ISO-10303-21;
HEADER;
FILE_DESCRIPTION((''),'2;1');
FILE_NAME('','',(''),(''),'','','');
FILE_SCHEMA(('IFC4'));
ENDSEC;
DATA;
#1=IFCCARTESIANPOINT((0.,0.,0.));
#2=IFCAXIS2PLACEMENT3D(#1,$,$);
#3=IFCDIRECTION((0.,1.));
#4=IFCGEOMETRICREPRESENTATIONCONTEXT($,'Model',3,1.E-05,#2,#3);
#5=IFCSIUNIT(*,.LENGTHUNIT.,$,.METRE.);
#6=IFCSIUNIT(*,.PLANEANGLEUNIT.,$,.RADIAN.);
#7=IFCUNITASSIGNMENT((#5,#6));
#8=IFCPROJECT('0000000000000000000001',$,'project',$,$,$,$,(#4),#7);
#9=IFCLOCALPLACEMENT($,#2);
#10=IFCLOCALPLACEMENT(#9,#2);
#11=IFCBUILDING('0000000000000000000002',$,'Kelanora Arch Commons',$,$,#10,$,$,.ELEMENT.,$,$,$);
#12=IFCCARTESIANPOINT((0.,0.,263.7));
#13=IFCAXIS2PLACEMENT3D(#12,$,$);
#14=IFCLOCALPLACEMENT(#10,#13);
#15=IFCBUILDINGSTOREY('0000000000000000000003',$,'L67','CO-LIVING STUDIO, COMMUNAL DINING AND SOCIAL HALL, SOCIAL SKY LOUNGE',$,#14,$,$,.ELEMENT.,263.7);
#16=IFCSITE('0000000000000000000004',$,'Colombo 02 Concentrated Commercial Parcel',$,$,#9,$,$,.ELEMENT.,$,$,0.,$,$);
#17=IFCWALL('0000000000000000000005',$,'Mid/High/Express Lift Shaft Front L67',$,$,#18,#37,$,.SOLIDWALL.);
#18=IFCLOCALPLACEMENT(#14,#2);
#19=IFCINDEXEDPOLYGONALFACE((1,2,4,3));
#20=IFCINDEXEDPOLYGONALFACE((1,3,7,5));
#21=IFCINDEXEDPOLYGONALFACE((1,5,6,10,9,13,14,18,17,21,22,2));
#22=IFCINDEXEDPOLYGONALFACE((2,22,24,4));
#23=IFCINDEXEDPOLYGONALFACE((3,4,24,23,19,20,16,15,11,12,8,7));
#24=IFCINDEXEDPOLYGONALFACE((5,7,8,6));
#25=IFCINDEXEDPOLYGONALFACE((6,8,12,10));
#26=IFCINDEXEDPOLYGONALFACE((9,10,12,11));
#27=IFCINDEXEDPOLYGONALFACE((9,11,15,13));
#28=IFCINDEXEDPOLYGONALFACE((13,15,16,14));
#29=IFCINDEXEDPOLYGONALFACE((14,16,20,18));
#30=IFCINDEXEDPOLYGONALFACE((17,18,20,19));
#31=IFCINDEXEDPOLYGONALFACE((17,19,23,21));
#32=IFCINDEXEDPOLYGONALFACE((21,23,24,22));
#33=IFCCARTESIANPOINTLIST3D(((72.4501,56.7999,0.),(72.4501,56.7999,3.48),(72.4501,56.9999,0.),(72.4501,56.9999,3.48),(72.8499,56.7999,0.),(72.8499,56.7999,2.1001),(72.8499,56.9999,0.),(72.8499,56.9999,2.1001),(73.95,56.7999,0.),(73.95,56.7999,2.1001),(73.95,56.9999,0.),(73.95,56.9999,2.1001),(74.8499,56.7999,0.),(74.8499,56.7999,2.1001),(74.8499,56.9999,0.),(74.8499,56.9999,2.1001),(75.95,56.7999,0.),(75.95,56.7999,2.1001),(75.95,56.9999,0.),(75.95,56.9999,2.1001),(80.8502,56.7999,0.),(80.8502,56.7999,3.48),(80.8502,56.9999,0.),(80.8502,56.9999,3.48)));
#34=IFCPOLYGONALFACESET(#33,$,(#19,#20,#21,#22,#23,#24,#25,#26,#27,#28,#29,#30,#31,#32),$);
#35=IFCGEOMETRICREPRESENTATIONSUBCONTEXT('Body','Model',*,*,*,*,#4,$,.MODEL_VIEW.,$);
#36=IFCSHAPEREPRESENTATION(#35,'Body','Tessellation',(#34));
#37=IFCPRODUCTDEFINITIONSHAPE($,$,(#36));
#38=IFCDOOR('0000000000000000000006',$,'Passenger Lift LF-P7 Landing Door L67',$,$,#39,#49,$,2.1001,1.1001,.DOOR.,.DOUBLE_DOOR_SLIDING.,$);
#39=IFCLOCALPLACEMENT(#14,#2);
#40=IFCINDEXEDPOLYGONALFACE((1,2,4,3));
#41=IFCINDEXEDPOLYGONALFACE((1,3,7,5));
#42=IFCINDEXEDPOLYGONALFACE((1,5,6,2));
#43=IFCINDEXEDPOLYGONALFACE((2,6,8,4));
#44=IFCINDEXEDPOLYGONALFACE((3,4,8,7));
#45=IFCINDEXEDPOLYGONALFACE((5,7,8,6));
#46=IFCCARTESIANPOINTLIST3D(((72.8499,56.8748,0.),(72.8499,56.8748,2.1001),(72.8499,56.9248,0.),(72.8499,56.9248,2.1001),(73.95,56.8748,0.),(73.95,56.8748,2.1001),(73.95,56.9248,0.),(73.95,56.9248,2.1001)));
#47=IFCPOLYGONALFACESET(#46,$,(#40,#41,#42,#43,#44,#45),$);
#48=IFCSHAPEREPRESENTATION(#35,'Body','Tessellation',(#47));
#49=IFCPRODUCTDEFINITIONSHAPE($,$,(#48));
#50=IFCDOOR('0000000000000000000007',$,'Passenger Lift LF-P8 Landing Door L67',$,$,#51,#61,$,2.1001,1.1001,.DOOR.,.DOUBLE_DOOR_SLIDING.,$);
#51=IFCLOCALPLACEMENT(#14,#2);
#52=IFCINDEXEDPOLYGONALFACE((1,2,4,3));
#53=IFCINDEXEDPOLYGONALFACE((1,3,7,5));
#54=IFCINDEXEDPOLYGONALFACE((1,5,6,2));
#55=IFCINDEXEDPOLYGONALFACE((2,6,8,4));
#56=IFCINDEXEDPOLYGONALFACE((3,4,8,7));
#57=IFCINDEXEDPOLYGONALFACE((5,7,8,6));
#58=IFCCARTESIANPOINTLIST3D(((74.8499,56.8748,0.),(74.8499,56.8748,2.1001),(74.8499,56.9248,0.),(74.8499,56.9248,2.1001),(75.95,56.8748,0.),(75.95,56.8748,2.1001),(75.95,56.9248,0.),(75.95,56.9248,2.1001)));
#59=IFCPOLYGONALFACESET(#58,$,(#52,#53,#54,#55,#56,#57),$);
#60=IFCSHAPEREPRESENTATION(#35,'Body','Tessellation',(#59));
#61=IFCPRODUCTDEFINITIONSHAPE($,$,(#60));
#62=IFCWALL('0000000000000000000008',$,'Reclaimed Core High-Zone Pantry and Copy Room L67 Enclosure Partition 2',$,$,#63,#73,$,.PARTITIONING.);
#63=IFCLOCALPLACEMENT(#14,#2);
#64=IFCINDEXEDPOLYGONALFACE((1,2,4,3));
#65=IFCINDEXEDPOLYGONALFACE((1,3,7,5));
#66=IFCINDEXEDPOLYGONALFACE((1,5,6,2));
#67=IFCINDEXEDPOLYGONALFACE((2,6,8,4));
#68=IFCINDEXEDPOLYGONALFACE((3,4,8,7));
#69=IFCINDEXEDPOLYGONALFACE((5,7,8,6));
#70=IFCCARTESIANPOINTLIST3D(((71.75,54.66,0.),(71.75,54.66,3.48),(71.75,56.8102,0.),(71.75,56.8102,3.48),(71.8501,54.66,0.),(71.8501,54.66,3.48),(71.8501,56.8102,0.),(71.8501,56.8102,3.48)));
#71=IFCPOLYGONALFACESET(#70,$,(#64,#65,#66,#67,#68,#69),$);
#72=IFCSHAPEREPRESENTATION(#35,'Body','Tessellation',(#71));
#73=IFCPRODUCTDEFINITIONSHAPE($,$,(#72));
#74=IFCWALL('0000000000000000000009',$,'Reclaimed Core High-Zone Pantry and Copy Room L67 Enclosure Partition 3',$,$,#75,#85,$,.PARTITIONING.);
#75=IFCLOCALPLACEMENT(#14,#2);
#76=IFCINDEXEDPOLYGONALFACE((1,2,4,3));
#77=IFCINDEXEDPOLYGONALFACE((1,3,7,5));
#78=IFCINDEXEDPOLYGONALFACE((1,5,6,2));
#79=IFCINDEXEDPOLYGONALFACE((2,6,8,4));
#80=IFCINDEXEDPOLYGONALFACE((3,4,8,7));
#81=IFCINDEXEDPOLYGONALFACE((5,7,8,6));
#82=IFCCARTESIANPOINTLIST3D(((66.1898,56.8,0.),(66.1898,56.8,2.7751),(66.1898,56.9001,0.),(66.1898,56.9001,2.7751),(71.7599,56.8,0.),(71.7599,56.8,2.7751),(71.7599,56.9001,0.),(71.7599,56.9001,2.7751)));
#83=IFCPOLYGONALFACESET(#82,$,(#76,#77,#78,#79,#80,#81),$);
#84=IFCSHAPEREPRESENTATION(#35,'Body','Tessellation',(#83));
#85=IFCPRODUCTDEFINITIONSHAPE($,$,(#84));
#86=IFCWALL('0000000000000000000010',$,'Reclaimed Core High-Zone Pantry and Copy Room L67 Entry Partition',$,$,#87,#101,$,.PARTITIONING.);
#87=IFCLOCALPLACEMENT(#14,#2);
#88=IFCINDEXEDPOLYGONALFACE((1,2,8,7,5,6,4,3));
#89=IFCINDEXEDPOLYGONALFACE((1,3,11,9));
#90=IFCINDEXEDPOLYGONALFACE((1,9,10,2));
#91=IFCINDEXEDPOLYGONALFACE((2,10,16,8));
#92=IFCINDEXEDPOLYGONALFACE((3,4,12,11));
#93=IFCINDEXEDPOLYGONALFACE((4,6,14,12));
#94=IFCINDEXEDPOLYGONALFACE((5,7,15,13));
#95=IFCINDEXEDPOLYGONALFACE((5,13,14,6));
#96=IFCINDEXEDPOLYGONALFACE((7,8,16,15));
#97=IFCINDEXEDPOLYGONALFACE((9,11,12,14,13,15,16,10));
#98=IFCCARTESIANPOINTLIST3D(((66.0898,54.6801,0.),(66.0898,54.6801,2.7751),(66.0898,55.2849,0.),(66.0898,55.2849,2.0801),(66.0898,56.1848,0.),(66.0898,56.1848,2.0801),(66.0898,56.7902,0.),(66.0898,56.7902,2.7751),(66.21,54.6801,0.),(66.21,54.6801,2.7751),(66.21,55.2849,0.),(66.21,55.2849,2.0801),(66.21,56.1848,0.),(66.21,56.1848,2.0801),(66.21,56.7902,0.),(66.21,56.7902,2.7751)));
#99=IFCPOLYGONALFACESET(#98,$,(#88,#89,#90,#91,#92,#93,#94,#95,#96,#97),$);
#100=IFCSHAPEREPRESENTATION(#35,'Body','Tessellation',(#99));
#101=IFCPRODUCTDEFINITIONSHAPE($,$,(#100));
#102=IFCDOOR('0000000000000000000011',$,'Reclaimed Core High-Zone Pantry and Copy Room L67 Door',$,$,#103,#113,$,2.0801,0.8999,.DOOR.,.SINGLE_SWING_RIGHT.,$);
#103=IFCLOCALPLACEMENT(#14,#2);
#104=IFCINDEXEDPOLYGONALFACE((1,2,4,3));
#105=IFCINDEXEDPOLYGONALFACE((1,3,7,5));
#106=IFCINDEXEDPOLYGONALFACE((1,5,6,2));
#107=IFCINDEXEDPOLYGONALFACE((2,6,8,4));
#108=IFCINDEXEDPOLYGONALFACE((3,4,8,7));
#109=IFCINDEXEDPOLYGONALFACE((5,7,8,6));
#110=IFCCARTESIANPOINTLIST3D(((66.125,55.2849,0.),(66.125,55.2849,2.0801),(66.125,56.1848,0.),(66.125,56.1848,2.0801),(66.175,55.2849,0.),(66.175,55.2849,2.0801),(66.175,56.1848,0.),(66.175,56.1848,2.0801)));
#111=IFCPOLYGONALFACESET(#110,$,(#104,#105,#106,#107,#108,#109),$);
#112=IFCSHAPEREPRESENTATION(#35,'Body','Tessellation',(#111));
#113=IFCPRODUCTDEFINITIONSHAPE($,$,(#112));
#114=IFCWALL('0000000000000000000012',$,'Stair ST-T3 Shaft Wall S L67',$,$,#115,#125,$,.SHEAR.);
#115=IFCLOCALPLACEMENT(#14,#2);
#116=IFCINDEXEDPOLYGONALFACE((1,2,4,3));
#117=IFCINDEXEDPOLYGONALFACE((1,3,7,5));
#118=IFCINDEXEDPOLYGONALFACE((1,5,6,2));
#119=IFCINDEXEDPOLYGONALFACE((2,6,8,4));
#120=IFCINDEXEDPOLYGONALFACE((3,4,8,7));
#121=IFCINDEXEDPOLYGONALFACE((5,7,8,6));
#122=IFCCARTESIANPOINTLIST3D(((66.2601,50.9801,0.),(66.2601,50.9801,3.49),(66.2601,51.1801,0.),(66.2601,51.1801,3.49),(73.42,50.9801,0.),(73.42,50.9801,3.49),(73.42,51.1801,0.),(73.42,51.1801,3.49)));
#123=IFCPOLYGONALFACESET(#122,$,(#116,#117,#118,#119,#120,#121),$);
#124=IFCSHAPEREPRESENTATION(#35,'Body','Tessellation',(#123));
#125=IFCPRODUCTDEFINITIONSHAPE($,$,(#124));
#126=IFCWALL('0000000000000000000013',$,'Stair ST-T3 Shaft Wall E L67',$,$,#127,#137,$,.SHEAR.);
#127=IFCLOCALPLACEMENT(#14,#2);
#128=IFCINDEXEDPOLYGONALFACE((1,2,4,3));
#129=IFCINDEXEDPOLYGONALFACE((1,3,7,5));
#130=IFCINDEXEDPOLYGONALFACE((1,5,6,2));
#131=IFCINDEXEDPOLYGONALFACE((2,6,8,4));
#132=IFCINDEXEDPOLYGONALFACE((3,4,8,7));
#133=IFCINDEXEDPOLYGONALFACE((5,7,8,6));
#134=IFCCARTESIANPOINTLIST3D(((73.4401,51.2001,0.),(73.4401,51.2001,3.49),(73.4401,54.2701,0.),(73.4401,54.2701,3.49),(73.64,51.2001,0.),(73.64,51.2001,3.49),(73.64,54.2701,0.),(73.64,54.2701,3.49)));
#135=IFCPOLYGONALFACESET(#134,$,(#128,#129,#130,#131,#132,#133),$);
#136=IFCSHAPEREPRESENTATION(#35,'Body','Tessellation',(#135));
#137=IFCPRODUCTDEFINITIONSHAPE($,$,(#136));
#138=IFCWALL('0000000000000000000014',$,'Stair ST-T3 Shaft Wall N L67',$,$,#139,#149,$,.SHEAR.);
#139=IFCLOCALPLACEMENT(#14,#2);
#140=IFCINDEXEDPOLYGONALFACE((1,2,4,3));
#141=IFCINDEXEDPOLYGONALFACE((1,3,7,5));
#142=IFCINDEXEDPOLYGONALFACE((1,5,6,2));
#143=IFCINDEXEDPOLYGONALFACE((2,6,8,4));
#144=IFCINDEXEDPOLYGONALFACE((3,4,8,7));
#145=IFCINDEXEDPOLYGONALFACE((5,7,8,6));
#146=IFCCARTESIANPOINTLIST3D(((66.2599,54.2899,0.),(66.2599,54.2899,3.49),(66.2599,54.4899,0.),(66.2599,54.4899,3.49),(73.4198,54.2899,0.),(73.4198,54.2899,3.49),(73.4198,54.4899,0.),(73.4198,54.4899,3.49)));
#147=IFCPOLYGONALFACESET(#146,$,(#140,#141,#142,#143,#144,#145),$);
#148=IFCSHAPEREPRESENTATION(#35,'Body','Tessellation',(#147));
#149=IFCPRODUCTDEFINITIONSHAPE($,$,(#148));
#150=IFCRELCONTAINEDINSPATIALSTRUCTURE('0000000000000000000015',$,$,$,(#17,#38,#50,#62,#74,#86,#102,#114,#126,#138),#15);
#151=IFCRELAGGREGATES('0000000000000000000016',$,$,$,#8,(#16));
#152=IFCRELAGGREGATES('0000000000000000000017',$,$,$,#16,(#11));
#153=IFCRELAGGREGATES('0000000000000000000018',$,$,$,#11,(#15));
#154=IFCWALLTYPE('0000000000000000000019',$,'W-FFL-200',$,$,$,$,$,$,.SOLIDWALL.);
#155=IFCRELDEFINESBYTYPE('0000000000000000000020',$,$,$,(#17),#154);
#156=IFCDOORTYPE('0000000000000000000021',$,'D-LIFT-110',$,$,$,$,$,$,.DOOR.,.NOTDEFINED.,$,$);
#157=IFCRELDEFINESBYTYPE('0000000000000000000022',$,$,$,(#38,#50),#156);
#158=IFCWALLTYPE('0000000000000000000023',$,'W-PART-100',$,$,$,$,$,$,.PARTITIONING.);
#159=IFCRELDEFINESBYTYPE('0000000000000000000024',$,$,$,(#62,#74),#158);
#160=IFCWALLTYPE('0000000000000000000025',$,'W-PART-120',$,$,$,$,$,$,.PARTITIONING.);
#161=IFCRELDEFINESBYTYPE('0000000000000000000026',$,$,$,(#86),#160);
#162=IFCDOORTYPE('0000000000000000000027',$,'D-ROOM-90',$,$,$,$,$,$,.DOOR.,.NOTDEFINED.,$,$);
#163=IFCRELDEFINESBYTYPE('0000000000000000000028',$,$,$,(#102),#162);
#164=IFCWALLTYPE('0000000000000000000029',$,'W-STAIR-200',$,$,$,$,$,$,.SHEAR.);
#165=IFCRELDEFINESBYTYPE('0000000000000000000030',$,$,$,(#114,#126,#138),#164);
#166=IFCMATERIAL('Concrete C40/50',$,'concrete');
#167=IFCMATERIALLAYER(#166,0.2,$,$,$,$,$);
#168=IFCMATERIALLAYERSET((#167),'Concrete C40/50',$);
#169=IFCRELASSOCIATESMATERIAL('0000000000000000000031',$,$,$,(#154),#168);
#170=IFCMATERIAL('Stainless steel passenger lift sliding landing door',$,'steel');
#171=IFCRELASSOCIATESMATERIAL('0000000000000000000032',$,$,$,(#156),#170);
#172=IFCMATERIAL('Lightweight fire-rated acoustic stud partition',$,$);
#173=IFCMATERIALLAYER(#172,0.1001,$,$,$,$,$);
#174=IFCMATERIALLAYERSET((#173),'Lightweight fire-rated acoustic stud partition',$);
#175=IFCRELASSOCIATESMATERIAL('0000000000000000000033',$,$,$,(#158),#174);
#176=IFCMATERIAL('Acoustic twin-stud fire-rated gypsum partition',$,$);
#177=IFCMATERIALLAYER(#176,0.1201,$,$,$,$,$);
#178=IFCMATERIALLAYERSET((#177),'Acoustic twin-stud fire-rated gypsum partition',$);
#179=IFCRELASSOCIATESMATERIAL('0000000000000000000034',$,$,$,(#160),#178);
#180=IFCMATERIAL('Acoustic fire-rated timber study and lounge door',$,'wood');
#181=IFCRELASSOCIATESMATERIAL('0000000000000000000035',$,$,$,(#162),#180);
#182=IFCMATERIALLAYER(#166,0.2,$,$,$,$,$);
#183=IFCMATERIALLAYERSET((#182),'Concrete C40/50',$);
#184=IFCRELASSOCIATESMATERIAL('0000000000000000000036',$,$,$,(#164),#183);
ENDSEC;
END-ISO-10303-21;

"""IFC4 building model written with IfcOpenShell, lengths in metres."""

from ifc_helpers import new_model, si_unit, direction, frame, frame_2d, origin, place, context, subcontext, project, spatial, rectangle, extrude, material, layer, layer_set, type_object, element, fill, save


model = new_model("IFC4")

# Units and contexts
model_context = context("Model", 3, precision=1e-05, world=origin(), true_north=direction((0.0, 1.0)))
body_context = subcontext(model_context, "Body", "Model", "MODEL_VIEW")
ifc_project = project(units=[si_unit("LENGTHUNIT", "METRE"), si_unit("PLANEANGLEUNIT", "RADIAN")], contexts=[model_context])

# Site, building, storey
site_placement = place(None, origin())
site = spatial("IfcSite", under=ifc_project, at=site_placement, Name="Colombo 02 Concentrated Commercial Parcel", CompositionType="ELEMENT", RefElevation=0.0)
building_placement = place(site_placement, origin())
building = spatial("IfcBuilding", under=site, at=building_placement, Name="Kelanora Arch Commons", CompositionType="ELEMENT")
storey_placement = place(building_placement, frame((0.0, 0.0, 263.7)))
storey = spatial("IfcBuildingStorey", under=building, at=storey_placement, Name="L67", Description="CO-LIVING STUDIO, COMMUNAL DINING AND SOCIAL HALL, SOCIAL SKY LOUNGE", CompositionType="ELEMENT", Elevation=263.7)

# Wall, openings, doors
ifc_material_1 = material(Name="Concrete C40/50", Category="concrete")
ifc_layer_1 = layer(ifc_material_1, 0.2)
ifc_layer_set_1 = layer_set([ifc_layer_1], Name="Concrete C40/50")
wall_type_1 = type_object("IfcWallType", Name="W-FFL-200", PredefinedType="SOLIDWALL", material=ifc_layer_set_1)
wall_1_placement = place(storey_placement, frame((72.45, 56.8999, 0.0), z_axis=(0.0, 0.0, 1.0), x_axis=(1.0, 0.0, 0.0)))
wall_1 = element("IfcWall", 1, at=wall_1_placement, inside=storey, type_object=wall_type_1, Name="Mid/High/Express Lift Shaft Front L67", PredefinedType="SOLIDWALL", context=body_context, shape_type="SweptSolid", body=[
    extrude(rectangle(XDim=8.4001, YDim=0.2, at=frame_2d((4.2002, 0.0))), origin(), (0.0, 0.0, 1.0), 3.48),
])
opening_1_placement = place(wall_1_placement, frame((0.3999, 0.0, 0.0)))
opening_1 = element("IfcOpeningElement", 2, at=opening_1_placement, cuts=wall_1, PredefinedType="OPENING", context=body_context, shape_type="SweptSolid", body=[
    extrude(rectangle(XDim=1.1001, YDim=2.1001, at=frame_2d((0.55, 1.05))), frame((0.0, 0.1099, 0.0), z_axis=(0.0, -1.0, 0.0), x_axis=(1.0, 0.0, 0.0)), (0.0, 0.0, 1.0), 0.22),
])
opening_2_placement = place(wall_1_placement, frame((2.3999, 0.0, 0.0)))
opening_2 = element("IfcOpeningElement", 3, at=opening_2_placement, cuts=wall_1, PredefinedType="OPENING", context=body_context, shape_type="SweptSolid", body=[
    extrude(rectangle(XDim=1.1001, YDim=2.1001, at=frame_2d((0.55, 1.05))), frame((0.0, 0.1099, 0.0), z_axis=(0.0, -1.0, 0.0), x_axis=(1.0, 0.0, 0.0)), (0.0, 0.0, 1.0), 0.22),
])
ifc_material_2 = material(Name="Stainless steel passenger lift sliding landing door", Category="steel")
door_type_1 = type_object("IfcDoorType", Name="D-LIFT-110", OperationType="NOTDEFINED", PredefinedType="DOOR", material=ifc_material_2)
door_1_placement = place(opening_1_placement, origin())
door_1 = element("IfcDoor", 4, at=door_1_placement, inside=storey, type_object=door_type_1, Name="Passenger Lift LF-P7 Landing Door L67", OperationType="DOUBLE_DOOR_SLIDING", OverallHeight=2.1001, OverallWidth=1.1001, PredefinedType="DOOR", context=body_context, shape_type="SweptSolid", body=[
    extrude(rectangle(XDim=1.1001, YDim=2.1001, at=frame_2d((0.55, 1.05))), frame((0.0, 0.0249, 0.0), z_axis=(0.0, -1.0, 0.0), x_axis=(1.0, 0.0, 0.0)), (0.0, 0.0, 1.0), 0.05),
])
fill(opening_1, door_1)
door_2_placement = place(opening_2_placement, origin())
door_2 = element("IfcDoor", 5, at=door_2_placement, inside=storey, type_object=door_type_1, Name="Passenger Lift LF-P8 Landing Door L67", OperationType="DOUBLE_DOOR_SLIDING", OverallHeight=2.1001, OverallWidth=1.1001, PredefinedType="DOOR", context=body_context, shape_type="SweptSolid", body=[
    extrude(rectangle(XDim=1.1001, YDim=2.1001, at=frame_2d((0.55, 1.05))), frame((0.0, 0.0249, 0.0), z_axis=(0.0, -1.0, 0.0), x_axis=(1.0, 0.0, 0.0)), (0.0, 0.0, 1.0), 0.05),
])
fill(opening_2, door_2)

# Walls
ifc_material_3 = material(Name="Lightweight fire-rated acoustic stud partition")
ifc_layer_2 = layer(ifc_material_3, 0.1001)
ifc_layer_set_2 = layer_set([ifc_layer_2], Name="Lightweight fire-rated acoustic stud partition")
wall_type_2 = type_object("IfcWallType", Name="W-PART-100", PredefinedType="PARTITIONING", material=ifc_layer_set_2)
wall_2_placement = place(storey_placement, frame((71.8, 54.6599, 0.0), z_axis=(0.0, 0.0, 1.0), x_axis=(0.0, 1.0, 0.0)))
element("IfcWall", 6, at=wall_2_placement, inside=storey, type_object=wall_type_2, Name="Reclaimed Core High-Zone Pantry and Copy Room L67 Enclosure Partition 2", PredefinedType="PARTITIONING", context=body_context, shape_type="SweptSolid", body=[
    extrude(rectangle(XDim=2.1501, YDim=0.1001, at=frame_2d((1.0752, 0.0))), origin(), (0.0, 0.0, 1.0), 3.48),
])
wall_3_placement = place(storey_placement, frame((71.76, 56.8501, 0.0), z_axis=(0.0, 0.0, 1.0), x_axis=(-1.0, 0.0, 0.0)))
element("IfcWall", 7, at=wall_3_placement, inside=storey, type_object=wall_type_2, Name="Reclaimed Core High-Zone Pantry and Copy Room L67 Enclosure Partition 3", PredefinedType="PARTITIONING", context=body_context, shape_type="SweptSolid", body=[
    extrude(rectangle(XDim=5.5701, YDim=0.1001, at=frame_2d((2.7852, 0.0))), origin(), (0.0, 0.0, 1.0), 2.7751),
])

# Wall, opening, door
ifc_material_4 = material(Name="Acoustic twin-stud fire-rated gypsum partition")
ifc_layer_3 = layer(ifc_material_4, 0.1201)
ifc_layer_set_3 = layer_set([ifc_layer_3], Name="Acoustic twin-stud fire-rated gypsum partition")
wall_type_3 = type_object("IfcWallType", Name="W-PART-120", PredefinedType="PARTITIONING", material=ifc_layer_set_3)
wall_4_placement = place(storey_placement, frame((66.1499, 54.6799, 0.0), z_axis=(0.0, 0.0, 1.0), x_axis=(0.0, 1.0, 0.0)))
wall_4 = element("IfcWall", 8, at=wall_4_placement, inside=storey, type_object=wall_type_3, Name="Reclaimed Core High-Zone Pantry and Copy Room L67 Entry Partition", PredefinedType="PARTITIONING", context=body_context, shape_type="SweptSolid", body=[
    extrude(rectangle(XDim=2.1101, YDim=0.1201, at=frame_2d((1.0552, 0.0))), origin(), (0.0, 0.0, 1.0), 2.7751),
])
opening_3_placement = place(wall_4_placement, frame((0.605, 0.0, 0.0)))
opening_3 = element("IfcOpeningElement", 9, at=opening_3_placement, cuts=wall_4, PredefinedType="OPENING", context=body_context, shape_type="SweptSolid", body=[
    extrude(rectangle(XDim=0.8999, YDim=2.0801, at=frame_2d((0.45, 1.04))), frame((0.0, 0.0701, 0.0), z_axis=(0.0, -1.0, 0.0), x_axis=(1.0, 0.0, 0.0)), (0.0, 0.0, 1.0), 0.1401),
])
ifc_material_5 = material(Name="Acoustic fire-rated timber study and lounge door", Category="wood")
door_type_2 = type_object("IfcDoorType", Name="D-ROOM-90", OperationType="NOTDEFINED", PredefinedType="DOOR", material=ifc_material_5)
door_3_placement = place(opening_3_placement, origin())
door_3 = element("IfcDoor", 10, at=door_3_placement, inside=storey, type_object=door_type_2, Name="Reclaimed Core High-Zone Pantry and Copy Room L67 Door", OperationType="SINGLE_SWING_RIGHT", OverallHeight=2.0801, OverallWidth=0.8999, PredefinedType="DOOR", context=body_context, shape_type="SweptSolid", body=[
    extrude(rectangle(XDim=0.8999, YDim=2.0801, at=frame_2d((0.45, 1.04))), frame((0.0, 0.0249, 0.0), z_axis=(0.0, -1.0, 0.0), x_axis=(1.0, 0.0, 0.0)), (0.0, 0.0, 1.0), 0.05),
])
fill(opening_3, door_3)

# Walls
ifc_layer_4 = layer(ifc_material_1, 0.2)
ifc_layer_set_4 = layer_set([ifc_layer_4], Name="Concrete C40/50")
wall_type_4 = type_object("IfcWallType", Name="W-STAIR-200", PredefinedType="SHEAR", material=ifc_layer_set_4)
wall_5_placement = place(storey_placement, frame((66.26, 51.0801, 0.0), z_axis=(0.0, 0.0, 1.0), x_axis=(1.0, 0.0, 0.0)))
element("IfcWall", 11, at=wall_5_placement, inside=storey, type_object=wall_type_4, Name="Stair ST-T3 Shaft Wall S L67", PredefinedType="SHEAR", context=body_context, shape_type="SweptSolid", body=[
    extrude(rectangle(XDim=7.1599, YDim=0.2, at=frame_2d((3.5801, 0.0))), origin(), (0.0, 0.0, 1.0), 3.49),
])
wall_6_placement = place(storey_placement, frame((73.54, 51.2, 0.0), z_axis=(0.0, 0.0, 1.0), x_axis=(0.0, 1.0, 0.0)))
element("IfcWall", 12, at=wall_6_placement, inside=storey, type_object=wall_type_4, Name="Stair ST-T3 Shaft Wall E L67", PredefinedType="SHEAR", context=body_context, shape_type="SweptSolid", body=[
    extrude(rectangle(XDim=3.0701, YDim=0.2, at=frame_2d((1.5352, 0.0))), origin(), (0.0, 0.0, 1.0), 3.49),
])
wall_7_placement = place(storey_placement, frame((73.4199, 54.3899, 0.0), z_axis=(0.0, 0.0, 1.0), x_axis=(-1.0, 0.0, 0.0)))
element("IfcWall", 13, at=wall_7_placement, inside=storey, type_object=wall_type_4, Name="Stair ST-T3 Shaft Wall N L67", PredefinedType="SHEAR", context=body_context, shape_type="SweptSolid", body=[
    extrude(rectangle(XDim=7.1599, YDim=0.2, at=frame_2d((3.5801, 0.0))), origin(), (0.0, 0.0, 1.0), 3.49),
])

save(model, "model.ifc")
